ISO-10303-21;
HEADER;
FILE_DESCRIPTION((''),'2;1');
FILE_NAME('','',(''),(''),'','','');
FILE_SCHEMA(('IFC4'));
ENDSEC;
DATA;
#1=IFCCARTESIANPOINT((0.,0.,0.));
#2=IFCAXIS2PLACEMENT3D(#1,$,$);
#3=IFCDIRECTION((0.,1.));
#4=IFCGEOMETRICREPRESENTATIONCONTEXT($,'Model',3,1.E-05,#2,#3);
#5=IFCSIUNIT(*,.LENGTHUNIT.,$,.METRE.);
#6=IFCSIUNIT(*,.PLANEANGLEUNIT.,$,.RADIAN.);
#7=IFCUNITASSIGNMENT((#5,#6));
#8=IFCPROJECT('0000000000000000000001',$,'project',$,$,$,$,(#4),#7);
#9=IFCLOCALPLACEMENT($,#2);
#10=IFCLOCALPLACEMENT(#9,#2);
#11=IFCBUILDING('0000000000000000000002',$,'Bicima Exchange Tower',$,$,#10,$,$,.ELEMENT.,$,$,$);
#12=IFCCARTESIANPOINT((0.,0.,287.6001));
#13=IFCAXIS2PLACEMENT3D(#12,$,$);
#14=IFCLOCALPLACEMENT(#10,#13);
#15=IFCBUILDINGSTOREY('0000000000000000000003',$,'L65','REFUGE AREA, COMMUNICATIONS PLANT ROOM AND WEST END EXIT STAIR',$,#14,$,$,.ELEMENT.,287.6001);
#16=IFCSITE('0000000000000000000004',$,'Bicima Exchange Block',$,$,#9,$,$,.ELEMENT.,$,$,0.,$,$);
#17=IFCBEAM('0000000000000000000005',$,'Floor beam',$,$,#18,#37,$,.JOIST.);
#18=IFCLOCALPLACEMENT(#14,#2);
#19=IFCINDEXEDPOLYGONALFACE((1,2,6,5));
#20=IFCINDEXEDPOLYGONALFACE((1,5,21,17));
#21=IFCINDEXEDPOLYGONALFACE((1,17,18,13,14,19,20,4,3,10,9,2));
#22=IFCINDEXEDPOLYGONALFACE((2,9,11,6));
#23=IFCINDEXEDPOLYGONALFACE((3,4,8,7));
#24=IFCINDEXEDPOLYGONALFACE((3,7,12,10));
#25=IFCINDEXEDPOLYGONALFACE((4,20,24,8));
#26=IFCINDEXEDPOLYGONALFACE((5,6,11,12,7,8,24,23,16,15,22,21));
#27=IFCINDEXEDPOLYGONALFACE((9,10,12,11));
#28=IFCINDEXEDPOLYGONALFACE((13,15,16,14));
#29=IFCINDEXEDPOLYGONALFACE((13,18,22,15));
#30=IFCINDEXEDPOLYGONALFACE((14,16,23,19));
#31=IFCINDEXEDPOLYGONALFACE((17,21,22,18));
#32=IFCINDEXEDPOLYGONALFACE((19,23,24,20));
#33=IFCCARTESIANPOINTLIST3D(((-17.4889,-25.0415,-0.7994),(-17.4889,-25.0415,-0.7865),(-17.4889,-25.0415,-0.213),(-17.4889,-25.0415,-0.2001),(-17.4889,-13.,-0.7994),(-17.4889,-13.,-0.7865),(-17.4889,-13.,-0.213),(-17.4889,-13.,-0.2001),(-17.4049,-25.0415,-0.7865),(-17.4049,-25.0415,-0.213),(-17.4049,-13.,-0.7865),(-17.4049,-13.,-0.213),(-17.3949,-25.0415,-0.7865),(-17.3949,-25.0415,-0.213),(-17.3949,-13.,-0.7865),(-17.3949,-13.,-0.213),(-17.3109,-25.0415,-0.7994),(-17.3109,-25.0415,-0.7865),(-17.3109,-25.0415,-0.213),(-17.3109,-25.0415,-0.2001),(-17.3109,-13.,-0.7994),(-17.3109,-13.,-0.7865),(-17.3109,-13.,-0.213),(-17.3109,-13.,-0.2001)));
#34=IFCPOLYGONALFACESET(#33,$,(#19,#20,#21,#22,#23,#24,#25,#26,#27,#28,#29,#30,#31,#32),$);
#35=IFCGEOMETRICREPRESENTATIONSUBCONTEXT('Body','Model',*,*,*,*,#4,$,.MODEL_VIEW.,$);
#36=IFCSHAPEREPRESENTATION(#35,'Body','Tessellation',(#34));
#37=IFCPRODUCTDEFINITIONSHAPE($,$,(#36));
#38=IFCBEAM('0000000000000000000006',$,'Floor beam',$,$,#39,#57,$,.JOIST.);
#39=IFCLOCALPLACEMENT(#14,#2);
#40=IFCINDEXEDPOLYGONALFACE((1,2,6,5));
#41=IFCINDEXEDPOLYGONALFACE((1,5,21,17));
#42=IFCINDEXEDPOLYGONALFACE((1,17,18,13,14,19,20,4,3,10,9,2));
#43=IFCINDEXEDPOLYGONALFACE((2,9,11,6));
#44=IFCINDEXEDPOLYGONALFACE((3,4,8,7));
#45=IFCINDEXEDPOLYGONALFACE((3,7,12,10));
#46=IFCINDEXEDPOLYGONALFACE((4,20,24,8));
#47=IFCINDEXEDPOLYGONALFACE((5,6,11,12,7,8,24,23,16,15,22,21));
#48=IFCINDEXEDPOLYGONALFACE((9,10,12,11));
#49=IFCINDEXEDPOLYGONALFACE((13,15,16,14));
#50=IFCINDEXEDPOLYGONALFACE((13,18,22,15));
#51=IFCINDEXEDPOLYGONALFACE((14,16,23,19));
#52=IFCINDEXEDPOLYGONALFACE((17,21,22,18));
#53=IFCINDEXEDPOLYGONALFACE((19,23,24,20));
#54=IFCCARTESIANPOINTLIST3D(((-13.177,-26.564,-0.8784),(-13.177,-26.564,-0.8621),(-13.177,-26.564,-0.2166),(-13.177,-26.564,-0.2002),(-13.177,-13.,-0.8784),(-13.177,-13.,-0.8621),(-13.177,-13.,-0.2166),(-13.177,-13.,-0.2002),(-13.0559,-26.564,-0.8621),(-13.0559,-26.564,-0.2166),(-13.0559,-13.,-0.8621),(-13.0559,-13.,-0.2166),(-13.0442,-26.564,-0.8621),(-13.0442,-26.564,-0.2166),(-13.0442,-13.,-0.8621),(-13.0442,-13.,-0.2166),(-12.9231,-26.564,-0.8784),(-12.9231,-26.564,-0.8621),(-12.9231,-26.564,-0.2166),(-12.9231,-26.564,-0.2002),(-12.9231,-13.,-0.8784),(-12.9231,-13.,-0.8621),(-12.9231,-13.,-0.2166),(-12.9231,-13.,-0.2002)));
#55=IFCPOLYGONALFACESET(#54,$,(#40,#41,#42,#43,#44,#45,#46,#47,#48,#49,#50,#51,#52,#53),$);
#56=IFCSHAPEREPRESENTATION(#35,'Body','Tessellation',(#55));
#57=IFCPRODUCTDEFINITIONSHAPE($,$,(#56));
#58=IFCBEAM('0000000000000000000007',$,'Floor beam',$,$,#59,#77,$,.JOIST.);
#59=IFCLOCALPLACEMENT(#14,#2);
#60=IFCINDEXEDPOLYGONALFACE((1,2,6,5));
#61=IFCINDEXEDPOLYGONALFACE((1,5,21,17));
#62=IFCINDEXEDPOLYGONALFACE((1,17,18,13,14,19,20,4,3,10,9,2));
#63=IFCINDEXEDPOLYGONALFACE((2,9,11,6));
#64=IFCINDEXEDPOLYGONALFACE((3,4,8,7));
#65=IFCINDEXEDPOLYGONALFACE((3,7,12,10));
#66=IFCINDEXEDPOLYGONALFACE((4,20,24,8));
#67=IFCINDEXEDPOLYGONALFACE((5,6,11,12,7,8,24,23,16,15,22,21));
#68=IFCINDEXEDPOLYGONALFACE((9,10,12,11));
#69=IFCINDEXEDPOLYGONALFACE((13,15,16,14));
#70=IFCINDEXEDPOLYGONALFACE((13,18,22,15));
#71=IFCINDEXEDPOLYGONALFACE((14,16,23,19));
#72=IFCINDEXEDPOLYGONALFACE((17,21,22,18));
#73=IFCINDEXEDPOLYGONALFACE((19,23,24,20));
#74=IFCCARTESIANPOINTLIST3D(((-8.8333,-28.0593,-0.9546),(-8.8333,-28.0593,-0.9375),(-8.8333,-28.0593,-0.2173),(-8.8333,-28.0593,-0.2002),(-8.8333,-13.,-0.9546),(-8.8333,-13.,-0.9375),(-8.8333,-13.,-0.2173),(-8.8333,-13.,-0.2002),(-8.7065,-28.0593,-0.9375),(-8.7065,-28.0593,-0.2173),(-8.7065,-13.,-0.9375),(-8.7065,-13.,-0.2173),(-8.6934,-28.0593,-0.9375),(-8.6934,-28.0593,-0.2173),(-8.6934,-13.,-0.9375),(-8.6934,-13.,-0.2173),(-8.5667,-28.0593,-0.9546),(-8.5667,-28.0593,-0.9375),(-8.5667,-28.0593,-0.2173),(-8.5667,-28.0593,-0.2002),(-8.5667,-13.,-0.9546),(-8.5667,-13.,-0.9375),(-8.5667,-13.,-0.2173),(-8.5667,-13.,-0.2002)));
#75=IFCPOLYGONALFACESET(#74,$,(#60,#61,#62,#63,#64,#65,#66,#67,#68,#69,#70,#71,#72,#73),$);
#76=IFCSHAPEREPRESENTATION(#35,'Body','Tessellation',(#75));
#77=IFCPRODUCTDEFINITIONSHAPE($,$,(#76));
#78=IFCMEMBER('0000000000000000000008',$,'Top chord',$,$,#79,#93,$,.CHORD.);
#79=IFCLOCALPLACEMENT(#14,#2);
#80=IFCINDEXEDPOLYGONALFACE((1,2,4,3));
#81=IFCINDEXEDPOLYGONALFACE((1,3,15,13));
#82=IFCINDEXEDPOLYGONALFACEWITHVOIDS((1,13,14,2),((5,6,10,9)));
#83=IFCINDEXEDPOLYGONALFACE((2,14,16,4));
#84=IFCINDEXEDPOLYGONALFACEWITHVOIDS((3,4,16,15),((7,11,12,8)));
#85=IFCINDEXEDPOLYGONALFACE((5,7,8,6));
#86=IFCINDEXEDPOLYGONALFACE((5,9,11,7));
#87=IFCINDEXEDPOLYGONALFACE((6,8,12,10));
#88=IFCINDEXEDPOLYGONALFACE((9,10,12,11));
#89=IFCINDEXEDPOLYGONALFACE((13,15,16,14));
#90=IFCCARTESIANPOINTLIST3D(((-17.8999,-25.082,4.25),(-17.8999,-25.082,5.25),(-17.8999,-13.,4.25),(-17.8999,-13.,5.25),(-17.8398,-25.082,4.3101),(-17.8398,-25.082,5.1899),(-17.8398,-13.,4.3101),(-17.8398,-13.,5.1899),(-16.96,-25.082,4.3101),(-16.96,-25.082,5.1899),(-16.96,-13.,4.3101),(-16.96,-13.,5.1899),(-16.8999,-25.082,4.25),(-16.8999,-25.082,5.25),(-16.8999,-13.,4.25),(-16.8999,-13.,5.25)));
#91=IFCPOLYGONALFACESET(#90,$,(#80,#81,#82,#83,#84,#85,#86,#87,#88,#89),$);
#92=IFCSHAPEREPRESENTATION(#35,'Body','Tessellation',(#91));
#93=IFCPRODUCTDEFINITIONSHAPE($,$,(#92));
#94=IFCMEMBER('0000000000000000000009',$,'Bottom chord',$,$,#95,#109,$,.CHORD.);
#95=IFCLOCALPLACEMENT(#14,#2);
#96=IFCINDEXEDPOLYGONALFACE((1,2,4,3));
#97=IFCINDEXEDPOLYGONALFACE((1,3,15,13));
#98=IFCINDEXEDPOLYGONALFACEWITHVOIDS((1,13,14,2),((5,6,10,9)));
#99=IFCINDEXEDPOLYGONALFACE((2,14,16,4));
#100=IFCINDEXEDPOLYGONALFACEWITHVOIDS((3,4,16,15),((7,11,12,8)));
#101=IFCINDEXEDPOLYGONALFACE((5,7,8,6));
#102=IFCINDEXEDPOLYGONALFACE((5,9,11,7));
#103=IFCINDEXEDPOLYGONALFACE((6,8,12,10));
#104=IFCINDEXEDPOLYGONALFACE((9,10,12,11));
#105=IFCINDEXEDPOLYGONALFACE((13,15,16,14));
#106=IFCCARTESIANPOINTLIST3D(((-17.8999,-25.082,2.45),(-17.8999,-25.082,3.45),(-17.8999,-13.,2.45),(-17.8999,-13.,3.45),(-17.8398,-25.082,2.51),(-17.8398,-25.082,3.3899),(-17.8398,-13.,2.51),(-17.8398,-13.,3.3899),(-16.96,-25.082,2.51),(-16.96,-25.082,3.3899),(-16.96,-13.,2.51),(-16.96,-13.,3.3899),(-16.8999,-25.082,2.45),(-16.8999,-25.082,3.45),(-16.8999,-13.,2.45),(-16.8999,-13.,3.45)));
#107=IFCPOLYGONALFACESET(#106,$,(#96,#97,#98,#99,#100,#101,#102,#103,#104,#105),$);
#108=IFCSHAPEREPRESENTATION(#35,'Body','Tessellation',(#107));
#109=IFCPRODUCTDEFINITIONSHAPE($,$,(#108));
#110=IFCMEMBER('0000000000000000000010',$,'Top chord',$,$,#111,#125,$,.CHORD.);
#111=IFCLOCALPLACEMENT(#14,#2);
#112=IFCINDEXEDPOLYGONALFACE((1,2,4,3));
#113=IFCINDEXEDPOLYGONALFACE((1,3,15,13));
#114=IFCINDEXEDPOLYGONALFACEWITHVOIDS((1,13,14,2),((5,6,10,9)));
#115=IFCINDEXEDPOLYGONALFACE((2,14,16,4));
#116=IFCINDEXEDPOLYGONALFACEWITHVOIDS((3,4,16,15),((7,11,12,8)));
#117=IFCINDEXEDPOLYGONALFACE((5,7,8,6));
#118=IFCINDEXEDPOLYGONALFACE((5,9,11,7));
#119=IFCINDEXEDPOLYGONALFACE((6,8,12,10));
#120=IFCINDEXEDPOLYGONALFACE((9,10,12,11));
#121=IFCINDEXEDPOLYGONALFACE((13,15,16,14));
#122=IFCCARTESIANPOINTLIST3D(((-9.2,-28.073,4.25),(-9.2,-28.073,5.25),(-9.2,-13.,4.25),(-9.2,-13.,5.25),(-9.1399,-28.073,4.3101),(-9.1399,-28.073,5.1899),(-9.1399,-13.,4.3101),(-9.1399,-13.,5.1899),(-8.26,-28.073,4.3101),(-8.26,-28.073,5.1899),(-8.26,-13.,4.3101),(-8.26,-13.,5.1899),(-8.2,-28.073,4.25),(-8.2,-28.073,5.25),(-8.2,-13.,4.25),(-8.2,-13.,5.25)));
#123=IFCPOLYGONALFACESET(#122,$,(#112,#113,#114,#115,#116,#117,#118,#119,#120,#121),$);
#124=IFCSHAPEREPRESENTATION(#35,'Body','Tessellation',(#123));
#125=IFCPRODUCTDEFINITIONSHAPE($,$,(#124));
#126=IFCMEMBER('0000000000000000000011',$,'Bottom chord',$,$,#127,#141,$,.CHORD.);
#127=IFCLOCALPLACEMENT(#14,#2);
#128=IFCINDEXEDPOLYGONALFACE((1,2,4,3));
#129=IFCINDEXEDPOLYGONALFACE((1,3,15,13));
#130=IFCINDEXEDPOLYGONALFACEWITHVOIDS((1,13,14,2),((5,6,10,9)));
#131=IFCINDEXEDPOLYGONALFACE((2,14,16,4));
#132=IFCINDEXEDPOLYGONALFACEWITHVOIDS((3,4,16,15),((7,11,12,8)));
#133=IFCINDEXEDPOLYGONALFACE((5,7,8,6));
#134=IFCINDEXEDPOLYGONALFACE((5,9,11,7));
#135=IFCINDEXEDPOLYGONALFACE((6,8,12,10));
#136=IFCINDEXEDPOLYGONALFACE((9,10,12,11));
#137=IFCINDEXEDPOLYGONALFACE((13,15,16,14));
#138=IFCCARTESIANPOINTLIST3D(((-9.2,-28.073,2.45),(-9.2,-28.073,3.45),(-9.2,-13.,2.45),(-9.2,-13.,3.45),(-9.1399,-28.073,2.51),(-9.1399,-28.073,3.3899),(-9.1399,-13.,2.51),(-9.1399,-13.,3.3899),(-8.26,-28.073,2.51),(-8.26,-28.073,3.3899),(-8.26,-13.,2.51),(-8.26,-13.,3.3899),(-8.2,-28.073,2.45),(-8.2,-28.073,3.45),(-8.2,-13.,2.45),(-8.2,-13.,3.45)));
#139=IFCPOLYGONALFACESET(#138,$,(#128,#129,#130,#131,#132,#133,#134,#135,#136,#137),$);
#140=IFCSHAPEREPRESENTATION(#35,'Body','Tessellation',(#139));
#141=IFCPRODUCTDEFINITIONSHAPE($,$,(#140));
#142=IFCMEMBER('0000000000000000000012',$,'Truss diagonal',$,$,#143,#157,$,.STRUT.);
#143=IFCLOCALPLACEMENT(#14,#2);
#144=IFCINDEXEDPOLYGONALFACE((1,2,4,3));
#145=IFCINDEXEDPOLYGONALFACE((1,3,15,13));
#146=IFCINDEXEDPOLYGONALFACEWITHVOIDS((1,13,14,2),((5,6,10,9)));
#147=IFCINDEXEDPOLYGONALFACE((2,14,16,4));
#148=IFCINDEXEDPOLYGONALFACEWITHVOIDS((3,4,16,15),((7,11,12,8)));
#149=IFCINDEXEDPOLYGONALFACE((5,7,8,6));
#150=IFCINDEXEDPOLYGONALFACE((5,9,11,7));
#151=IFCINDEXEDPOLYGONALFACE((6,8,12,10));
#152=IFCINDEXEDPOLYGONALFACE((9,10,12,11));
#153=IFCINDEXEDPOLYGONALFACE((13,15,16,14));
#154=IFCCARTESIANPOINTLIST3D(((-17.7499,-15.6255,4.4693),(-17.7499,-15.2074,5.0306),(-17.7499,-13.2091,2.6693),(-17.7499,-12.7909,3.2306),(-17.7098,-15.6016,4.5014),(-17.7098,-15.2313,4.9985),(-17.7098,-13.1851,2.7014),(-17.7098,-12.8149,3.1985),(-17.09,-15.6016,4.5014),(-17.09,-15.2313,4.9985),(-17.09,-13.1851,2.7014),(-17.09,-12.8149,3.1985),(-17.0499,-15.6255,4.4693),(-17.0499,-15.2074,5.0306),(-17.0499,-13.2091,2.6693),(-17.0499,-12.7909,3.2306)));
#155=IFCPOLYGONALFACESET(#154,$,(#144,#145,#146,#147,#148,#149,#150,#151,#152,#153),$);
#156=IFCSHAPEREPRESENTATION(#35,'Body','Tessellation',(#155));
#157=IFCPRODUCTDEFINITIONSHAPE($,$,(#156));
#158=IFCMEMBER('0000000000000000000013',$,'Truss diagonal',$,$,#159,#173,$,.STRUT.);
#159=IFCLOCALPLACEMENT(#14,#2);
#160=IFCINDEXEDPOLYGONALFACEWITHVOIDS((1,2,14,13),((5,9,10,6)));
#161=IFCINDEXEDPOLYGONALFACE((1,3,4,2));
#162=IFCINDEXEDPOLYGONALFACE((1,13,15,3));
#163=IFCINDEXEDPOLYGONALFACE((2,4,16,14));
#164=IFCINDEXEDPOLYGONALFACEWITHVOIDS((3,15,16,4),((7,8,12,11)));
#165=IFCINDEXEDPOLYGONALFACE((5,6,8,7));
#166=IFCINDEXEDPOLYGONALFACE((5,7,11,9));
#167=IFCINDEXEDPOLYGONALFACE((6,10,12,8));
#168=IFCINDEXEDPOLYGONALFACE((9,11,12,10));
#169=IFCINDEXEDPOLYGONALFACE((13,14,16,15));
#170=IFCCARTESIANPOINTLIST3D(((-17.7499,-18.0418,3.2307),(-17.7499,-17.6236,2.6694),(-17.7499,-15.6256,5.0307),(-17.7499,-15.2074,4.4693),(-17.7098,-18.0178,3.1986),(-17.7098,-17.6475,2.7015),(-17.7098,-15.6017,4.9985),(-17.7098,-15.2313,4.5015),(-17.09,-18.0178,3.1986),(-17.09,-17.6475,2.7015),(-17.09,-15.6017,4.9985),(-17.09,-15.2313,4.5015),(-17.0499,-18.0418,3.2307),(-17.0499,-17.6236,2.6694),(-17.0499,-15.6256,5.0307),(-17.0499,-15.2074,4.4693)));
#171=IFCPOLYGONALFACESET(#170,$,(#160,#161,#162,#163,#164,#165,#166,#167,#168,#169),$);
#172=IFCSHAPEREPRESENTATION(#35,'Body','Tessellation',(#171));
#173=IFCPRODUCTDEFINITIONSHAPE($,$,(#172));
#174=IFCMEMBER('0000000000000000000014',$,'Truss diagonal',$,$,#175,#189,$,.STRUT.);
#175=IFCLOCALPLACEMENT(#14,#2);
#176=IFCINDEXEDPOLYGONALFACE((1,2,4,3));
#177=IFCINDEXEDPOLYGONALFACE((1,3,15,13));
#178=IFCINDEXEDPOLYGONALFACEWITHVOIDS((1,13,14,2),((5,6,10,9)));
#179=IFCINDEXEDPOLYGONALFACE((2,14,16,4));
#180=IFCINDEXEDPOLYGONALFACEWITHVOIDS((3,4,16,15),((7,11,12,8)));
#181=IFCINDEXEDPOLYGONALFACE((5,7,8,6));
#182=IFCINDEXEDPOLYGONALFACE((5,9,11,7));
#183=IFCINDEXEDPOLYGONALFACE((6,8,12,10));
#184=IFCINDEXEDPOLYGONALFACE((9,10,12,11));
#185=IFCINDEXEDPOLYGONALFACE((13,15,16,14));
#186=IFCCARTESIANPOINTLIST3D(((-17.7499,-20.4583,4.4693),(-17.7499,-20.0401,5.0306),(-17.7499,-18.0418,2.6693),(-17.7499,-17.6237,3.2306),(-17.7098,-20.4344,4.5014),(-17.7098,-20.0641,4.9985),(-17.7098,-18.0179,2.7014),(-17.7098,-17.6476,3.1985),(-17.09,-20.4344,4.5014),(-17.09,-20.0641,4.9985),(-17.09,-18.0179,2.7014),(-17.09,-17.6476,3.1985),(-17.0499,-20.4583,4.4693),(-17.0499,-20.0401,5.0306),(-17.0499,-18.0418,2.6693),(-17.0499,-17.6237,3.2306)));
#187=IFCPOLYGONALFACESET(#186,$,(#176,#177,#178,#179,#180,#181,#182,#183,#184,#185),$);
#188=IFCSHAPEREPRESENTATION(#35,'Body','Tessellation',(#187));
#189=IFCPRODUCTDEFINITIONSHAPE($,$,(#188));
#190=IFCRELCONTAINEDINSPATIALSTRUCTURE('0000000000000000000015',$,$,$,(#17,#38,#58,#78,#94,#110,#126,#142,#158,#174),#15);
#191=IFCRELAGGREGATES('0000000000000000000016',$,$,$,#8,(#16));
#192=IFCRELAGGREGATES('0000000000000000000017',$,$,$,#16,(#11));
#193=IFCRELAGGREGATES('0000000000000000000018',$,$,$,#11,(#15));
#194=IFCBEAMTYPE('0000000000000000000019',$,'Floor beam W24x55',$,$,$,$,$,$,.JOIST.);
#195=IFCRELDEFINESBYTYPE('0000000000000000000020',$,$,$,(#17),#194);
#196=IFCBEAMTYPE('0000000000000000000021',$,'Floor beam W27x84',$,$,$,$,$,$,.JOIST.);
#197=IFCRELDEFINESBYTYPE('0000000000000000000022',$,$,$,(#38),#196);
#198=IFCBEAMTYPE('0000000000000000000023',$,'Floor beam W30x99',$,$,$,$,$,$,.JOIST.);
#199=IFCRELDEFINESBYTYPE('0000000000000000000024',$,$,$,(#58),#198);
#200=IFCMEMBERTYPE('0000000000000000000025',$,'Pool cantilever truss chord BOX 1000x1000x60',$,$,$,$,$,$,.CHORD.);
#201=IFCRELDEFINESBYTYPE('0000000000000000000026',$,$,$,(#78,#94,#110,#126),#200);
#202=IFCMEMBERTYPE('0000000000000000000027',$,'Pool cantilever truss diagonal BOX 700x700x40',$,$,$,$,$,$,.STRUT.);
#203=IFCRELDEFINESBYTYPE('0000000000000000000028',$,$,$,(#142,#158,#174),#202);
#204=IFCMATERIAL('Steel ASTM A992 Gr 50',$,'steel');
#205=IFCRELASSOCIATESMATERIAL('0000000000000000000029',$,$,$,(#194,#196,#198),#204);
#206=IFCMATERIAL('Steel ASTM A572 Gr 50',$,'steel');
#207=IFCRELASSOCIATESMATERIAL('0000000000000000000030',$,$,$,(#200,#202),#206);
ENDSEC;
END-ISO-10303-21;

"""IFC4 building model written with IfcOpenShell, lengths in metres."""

from ifc_helpers import new_model, si_unit, direction, frame, origin, origin_2d, place, context, subcontext, project, spatial, hollow_rectangle, i_section, extrude, material, material_profile, profile_set, type_object, element, save


model = new_model("IFC4")

# Units and contexts
model_context = context("Model", 3, precision=1e-05, world=origin(), true_north=direction((0.0, 1.0)))
body_context = subcontext(model_context, "Body", "Model", "MODEL_VIEW")
ifc_project = project(units=[si_unit("LENGTHUNIT", "METRE"), si_unit("PLANEANGLEUNIT", "RADIAN")], contexts=[model_context])

# Site, building, storey
site_placement = place(None, origin())
site = spatial("IfcSite", under=ifc_project, at=site_placement, Name="Bicima Exchange Block", CompositionType="ELEMENT", RefElevation=0.0)
building_placement = place(site_placement, origin())
building = spatial("IfcBuilding", under=site, at=building_placement, Name="Bicima Exchange Tower", CompositionType="ELEMENT")
storey_placement = place(building_placement, frame((0.0, 0.0, 287.6001)))
storey = spatial("IfcBuildingStorey", under=building, at=storey_placement, Name="L65", Description="REFUGE AREA, COMMUNICATIONS PLANT ROOM AND WEST END EXIT STAIR", CompositionType="ELEMENT", Elevation=287.6001)

# Beams
ifc_material_1 = material(Name="Steel ASTM A992 Gr 50", Category="steel")
ifc_material_profile_1 = material_profile(ifc_material_1, i_section(OverallWidth=0.178, OverallDepth=0.5994, WebThickness=0.01, FlangeThickness=0.0129, at=origin_2d()))
ifc_profile_set_1 = profile_set([ifc_material_profile_1], Name="Steel ASTM A992 Gr 50")
beam_type_1 = type_object("IfcBeamType", Name="Floor beam W24x55", PredefinedType="JOIST", material=ifc_profile_set_1)
beam_1_placement = place(storey_placement, frame((-17.3999, -13.0, -0.4998), z_axis=(0.0, -1.0, 0.0), x_axis=(1.0, 0.0, 0.0)))
element("IfcBeam", 1, at=beam_1_placement, inside=storey, type_object=beam_type_1, Name="Floor beam", PredefinedType="JOIST", context=body_context, shape_type="SweptSolid", body=[
    extrude(i_section(OverallWidth=0.178, OverallDepth=0.5994, WebThickness=0.01, FlangeThickness=0.0129, at=origin_2d()), origin(), (0.0, 0.0, 1.0), 12.0415),
])
ifc_material_profile_2 = material_profile(ifc_material_1, i_section(OverallWidth=0.2539, OverallDepth=0.6782, WebThickness=0.0117, FlangeThickness=0.0164, at=origin_2d()))
ifc_profile_set_2 = profile_set([ifc_material_profile_2], Name="Steel ASTM A992 Gr 50")
beam_type_2 = type_object("IfcBeamType", Name="Floor beam W27x84", PredefinedType="JOIST", material=ifc_profile_set_2)
beam_2_placement = place(storey_placement, frame((-13.05, -13.0, -0.5393), z_axis=(0.0, -1.0, 0.0), x_axis=(1.0, 0.0, 0.0)))
element("IfcBeam", 2, at=beam_2_placement, inside=storey, type_object=beam_type_2, Name="Floor beam", PredefinedType="JOIST", context=body_context, shape_type="SweptSolid", body=[
    extrude(i_section(OverallWidth=0.2539, OverallDepth=0.6782, WebThickness=0.0117, FlangeThickness=0.0164, at=origin_2d()), origin(), (0.0, 0.0, 1.0), 13.564),
])
ifc_material_profile_3 = material_profile(ifc_material_1, i_section(OverallWidth=0.2666, OverallDepth=0.7544, WebThickness=0.0132, FlangeThickness=0.0171, at=origin_2d()))
ifc_profile_set_3 = profile_set([ifc_material_profile_3], Name="Steel ASTM A992 Gr 50")
beam_type_3 = type_object("IfcBeamType", Name="Floor beam W30x99", PredefinedType="JOIST", material=ifc_profile_set_3)
beam_3_placement = place(storey_placement, frame((-8.7, -13.0, -0.5774), z_axis=(0.0, -1.0, 0.0), x_axis=(1.0, 0.0, 0.0)))
element("IfcBeam", 3, at=beam_3_placement, inside=storey, type_object=beam_type_3, Name="Floor beam", PredefinedType="JOIST", context=body_context, shape_type="SweptSolid", body=[
    extrude(i_section(OverallWidth=0.2666, OverallDepth=0.7544, WebThickness=0.0132, FlangeThickness=0.0171, at=origin_2d()), origin(), (0.0, 0.0, 1.0), 15.0593),
])

# Members
ifc_material_2 = material(Name="Steel ASTM A572 Gr 50", Category="steel")
ifc_material_profile_4 = material_profile(ifc_material_2, hollow_rectangle(XDim=1.0, YDim=1.0, WallThickness=0.0601, at=origin_2d()))
ifc_profile_set_4 = profile_set([ifc_material_profile_4], Name="Steel ASTM A572 Gr 50")
member_type_1 = type_object("IfcMemberType", Name="Pool cantilever truss chord BOX 1000x1000x60", PredefinedType="CHORD", material=ifc_profile_set_4)
for number, where, z_axis, x_axis, name in (
    (4, (-17.3999, -13.0, 4.75), (0.0, -1.0, 0.0), (1.0, 0.0, 0.0), "Top chord"),
    (5, (-17.3999, -13.0, 2.95), (0.0, -1.0, 0.0), (1.0, 0.0, 0.0), "Bottom chord"),
):
    element("IfcMember", number, at=place(storey_placement, frame(where, z_axis=z_axis, x_axis=x_axis)), inside=storey, type_object=member_type_1, Name=name, PredefinedType="CHORD", context=body_context, shape_type="SweptSolid", body=[
        extrude(hollow_rectangle(XDim=1.0, YDim=1.0, WallThickness=0.0601, at=origin_2d()), origin(), (0.0, 0.0, 1.0), 12.082),
    ])
for number, where, z_axis, x_axis, name in (
    (6, (-8.7, -13.0, 4.75), (0.0, -1.0, 0.0), (1.0, 0.0, 0.0), "Top chord"),
    (7, (-8.7, -13.0, 2.95), (0.0, -1.0, 0.0), (1.0, 0.0, 0.0), "Bottom chord"),
):
    element("IfcMember", number, at=place(storey_placement, frame(where, z_axis=z_axis, x_axis=x_axis)), inside=storey, type_object=member_type_1, Name=name, PredefinedType="CHORD", context=body_context, shape_type="SweptSolid", body=[
        extrude(hollow_rectangle(XDim=1.0, YDim=1.0, WallThickness=0.0601, at=origin_2d()), origin(), (0.0, 0.0, 1.0), 15.073),
    ])
ifc_material_profile_5 = material_profile(ifc_material_2, hollow_rectangle(XDim=0.7, YDim=0.7, WallThickness=0.04, at=origin_2d()))
ifc_profile_set_5 = profile_set([ifc_material_profile_5], Name="Steel ASTM A572 Gr 50")
member_type_2 = type_object("IfcMemberType", Name="Pool cantilever truss diagonal BOX 700x700x40", PredefinedType="STRUT", material=ifc_profile_set_5)
member_1_placement = place(storey_placement, frame((-17.3999, -13.0, 2.95), z_axis=(0.0, -0.80196, 0.597378), x_axis=(1.0, 0.0, 0.0)))
element("IfcMember", 8, at=member_1_placement, inside=storey, type_object=member_type_2, Name="Truss diagonal", PredefinedType="STRUT", context=body_context, shape_type="SweptSolid", body=[
    extrude(hollow_rectangle(XDim=0.7, YDim=0.7, WallThickness=0.04, at=origin_2d()), origin(), (0.0, 0.0, 1.0), 3.0132),
])
member_2_placement = place(storey_placement, frame((-17.3999, -15.4165, 4.75), z_axis=(0.0, -0.801931, -0.597417), x_axis=(1.0, 0.0, 0.0)))
element("IfcMember", 9, at=member_2_placement, inside=storey, type_object=member_type_2, Name="Truss diagonal", PredefinedType="STRUT", context=body_context, shape_type="SweptSolid", body=[
    extrude(hollow_rectangle(XDim=0.7, YDim=0.7, WallThickness=0.04, at=origin_2d()), origin(), (0.0, 0.0, 1.0), 3.0129),
])
member_3_placement = place(storey_placement, frame((-17.3999, -17.8328, 2.95), z_axis=(0.0, -0.80196, 0.597378), x_axis=(1.0, 0.0, 0.0)))
element("IfcMember", 10, at=member_3_placement, inside=storey, type_object=member_type_2, Name="Truss diagonal", PredefinedType="STRUT", context=body_context, shape_type="SweptSolid", body=[
    extrude(hollow_rectangle(XDim=0.7, YDim=0.7, WallThickness=0.04, at=origin_2d()), origin(), (0.0, 0.0, 1.0), 3.0132),
])

save(model, "model.ifc")
